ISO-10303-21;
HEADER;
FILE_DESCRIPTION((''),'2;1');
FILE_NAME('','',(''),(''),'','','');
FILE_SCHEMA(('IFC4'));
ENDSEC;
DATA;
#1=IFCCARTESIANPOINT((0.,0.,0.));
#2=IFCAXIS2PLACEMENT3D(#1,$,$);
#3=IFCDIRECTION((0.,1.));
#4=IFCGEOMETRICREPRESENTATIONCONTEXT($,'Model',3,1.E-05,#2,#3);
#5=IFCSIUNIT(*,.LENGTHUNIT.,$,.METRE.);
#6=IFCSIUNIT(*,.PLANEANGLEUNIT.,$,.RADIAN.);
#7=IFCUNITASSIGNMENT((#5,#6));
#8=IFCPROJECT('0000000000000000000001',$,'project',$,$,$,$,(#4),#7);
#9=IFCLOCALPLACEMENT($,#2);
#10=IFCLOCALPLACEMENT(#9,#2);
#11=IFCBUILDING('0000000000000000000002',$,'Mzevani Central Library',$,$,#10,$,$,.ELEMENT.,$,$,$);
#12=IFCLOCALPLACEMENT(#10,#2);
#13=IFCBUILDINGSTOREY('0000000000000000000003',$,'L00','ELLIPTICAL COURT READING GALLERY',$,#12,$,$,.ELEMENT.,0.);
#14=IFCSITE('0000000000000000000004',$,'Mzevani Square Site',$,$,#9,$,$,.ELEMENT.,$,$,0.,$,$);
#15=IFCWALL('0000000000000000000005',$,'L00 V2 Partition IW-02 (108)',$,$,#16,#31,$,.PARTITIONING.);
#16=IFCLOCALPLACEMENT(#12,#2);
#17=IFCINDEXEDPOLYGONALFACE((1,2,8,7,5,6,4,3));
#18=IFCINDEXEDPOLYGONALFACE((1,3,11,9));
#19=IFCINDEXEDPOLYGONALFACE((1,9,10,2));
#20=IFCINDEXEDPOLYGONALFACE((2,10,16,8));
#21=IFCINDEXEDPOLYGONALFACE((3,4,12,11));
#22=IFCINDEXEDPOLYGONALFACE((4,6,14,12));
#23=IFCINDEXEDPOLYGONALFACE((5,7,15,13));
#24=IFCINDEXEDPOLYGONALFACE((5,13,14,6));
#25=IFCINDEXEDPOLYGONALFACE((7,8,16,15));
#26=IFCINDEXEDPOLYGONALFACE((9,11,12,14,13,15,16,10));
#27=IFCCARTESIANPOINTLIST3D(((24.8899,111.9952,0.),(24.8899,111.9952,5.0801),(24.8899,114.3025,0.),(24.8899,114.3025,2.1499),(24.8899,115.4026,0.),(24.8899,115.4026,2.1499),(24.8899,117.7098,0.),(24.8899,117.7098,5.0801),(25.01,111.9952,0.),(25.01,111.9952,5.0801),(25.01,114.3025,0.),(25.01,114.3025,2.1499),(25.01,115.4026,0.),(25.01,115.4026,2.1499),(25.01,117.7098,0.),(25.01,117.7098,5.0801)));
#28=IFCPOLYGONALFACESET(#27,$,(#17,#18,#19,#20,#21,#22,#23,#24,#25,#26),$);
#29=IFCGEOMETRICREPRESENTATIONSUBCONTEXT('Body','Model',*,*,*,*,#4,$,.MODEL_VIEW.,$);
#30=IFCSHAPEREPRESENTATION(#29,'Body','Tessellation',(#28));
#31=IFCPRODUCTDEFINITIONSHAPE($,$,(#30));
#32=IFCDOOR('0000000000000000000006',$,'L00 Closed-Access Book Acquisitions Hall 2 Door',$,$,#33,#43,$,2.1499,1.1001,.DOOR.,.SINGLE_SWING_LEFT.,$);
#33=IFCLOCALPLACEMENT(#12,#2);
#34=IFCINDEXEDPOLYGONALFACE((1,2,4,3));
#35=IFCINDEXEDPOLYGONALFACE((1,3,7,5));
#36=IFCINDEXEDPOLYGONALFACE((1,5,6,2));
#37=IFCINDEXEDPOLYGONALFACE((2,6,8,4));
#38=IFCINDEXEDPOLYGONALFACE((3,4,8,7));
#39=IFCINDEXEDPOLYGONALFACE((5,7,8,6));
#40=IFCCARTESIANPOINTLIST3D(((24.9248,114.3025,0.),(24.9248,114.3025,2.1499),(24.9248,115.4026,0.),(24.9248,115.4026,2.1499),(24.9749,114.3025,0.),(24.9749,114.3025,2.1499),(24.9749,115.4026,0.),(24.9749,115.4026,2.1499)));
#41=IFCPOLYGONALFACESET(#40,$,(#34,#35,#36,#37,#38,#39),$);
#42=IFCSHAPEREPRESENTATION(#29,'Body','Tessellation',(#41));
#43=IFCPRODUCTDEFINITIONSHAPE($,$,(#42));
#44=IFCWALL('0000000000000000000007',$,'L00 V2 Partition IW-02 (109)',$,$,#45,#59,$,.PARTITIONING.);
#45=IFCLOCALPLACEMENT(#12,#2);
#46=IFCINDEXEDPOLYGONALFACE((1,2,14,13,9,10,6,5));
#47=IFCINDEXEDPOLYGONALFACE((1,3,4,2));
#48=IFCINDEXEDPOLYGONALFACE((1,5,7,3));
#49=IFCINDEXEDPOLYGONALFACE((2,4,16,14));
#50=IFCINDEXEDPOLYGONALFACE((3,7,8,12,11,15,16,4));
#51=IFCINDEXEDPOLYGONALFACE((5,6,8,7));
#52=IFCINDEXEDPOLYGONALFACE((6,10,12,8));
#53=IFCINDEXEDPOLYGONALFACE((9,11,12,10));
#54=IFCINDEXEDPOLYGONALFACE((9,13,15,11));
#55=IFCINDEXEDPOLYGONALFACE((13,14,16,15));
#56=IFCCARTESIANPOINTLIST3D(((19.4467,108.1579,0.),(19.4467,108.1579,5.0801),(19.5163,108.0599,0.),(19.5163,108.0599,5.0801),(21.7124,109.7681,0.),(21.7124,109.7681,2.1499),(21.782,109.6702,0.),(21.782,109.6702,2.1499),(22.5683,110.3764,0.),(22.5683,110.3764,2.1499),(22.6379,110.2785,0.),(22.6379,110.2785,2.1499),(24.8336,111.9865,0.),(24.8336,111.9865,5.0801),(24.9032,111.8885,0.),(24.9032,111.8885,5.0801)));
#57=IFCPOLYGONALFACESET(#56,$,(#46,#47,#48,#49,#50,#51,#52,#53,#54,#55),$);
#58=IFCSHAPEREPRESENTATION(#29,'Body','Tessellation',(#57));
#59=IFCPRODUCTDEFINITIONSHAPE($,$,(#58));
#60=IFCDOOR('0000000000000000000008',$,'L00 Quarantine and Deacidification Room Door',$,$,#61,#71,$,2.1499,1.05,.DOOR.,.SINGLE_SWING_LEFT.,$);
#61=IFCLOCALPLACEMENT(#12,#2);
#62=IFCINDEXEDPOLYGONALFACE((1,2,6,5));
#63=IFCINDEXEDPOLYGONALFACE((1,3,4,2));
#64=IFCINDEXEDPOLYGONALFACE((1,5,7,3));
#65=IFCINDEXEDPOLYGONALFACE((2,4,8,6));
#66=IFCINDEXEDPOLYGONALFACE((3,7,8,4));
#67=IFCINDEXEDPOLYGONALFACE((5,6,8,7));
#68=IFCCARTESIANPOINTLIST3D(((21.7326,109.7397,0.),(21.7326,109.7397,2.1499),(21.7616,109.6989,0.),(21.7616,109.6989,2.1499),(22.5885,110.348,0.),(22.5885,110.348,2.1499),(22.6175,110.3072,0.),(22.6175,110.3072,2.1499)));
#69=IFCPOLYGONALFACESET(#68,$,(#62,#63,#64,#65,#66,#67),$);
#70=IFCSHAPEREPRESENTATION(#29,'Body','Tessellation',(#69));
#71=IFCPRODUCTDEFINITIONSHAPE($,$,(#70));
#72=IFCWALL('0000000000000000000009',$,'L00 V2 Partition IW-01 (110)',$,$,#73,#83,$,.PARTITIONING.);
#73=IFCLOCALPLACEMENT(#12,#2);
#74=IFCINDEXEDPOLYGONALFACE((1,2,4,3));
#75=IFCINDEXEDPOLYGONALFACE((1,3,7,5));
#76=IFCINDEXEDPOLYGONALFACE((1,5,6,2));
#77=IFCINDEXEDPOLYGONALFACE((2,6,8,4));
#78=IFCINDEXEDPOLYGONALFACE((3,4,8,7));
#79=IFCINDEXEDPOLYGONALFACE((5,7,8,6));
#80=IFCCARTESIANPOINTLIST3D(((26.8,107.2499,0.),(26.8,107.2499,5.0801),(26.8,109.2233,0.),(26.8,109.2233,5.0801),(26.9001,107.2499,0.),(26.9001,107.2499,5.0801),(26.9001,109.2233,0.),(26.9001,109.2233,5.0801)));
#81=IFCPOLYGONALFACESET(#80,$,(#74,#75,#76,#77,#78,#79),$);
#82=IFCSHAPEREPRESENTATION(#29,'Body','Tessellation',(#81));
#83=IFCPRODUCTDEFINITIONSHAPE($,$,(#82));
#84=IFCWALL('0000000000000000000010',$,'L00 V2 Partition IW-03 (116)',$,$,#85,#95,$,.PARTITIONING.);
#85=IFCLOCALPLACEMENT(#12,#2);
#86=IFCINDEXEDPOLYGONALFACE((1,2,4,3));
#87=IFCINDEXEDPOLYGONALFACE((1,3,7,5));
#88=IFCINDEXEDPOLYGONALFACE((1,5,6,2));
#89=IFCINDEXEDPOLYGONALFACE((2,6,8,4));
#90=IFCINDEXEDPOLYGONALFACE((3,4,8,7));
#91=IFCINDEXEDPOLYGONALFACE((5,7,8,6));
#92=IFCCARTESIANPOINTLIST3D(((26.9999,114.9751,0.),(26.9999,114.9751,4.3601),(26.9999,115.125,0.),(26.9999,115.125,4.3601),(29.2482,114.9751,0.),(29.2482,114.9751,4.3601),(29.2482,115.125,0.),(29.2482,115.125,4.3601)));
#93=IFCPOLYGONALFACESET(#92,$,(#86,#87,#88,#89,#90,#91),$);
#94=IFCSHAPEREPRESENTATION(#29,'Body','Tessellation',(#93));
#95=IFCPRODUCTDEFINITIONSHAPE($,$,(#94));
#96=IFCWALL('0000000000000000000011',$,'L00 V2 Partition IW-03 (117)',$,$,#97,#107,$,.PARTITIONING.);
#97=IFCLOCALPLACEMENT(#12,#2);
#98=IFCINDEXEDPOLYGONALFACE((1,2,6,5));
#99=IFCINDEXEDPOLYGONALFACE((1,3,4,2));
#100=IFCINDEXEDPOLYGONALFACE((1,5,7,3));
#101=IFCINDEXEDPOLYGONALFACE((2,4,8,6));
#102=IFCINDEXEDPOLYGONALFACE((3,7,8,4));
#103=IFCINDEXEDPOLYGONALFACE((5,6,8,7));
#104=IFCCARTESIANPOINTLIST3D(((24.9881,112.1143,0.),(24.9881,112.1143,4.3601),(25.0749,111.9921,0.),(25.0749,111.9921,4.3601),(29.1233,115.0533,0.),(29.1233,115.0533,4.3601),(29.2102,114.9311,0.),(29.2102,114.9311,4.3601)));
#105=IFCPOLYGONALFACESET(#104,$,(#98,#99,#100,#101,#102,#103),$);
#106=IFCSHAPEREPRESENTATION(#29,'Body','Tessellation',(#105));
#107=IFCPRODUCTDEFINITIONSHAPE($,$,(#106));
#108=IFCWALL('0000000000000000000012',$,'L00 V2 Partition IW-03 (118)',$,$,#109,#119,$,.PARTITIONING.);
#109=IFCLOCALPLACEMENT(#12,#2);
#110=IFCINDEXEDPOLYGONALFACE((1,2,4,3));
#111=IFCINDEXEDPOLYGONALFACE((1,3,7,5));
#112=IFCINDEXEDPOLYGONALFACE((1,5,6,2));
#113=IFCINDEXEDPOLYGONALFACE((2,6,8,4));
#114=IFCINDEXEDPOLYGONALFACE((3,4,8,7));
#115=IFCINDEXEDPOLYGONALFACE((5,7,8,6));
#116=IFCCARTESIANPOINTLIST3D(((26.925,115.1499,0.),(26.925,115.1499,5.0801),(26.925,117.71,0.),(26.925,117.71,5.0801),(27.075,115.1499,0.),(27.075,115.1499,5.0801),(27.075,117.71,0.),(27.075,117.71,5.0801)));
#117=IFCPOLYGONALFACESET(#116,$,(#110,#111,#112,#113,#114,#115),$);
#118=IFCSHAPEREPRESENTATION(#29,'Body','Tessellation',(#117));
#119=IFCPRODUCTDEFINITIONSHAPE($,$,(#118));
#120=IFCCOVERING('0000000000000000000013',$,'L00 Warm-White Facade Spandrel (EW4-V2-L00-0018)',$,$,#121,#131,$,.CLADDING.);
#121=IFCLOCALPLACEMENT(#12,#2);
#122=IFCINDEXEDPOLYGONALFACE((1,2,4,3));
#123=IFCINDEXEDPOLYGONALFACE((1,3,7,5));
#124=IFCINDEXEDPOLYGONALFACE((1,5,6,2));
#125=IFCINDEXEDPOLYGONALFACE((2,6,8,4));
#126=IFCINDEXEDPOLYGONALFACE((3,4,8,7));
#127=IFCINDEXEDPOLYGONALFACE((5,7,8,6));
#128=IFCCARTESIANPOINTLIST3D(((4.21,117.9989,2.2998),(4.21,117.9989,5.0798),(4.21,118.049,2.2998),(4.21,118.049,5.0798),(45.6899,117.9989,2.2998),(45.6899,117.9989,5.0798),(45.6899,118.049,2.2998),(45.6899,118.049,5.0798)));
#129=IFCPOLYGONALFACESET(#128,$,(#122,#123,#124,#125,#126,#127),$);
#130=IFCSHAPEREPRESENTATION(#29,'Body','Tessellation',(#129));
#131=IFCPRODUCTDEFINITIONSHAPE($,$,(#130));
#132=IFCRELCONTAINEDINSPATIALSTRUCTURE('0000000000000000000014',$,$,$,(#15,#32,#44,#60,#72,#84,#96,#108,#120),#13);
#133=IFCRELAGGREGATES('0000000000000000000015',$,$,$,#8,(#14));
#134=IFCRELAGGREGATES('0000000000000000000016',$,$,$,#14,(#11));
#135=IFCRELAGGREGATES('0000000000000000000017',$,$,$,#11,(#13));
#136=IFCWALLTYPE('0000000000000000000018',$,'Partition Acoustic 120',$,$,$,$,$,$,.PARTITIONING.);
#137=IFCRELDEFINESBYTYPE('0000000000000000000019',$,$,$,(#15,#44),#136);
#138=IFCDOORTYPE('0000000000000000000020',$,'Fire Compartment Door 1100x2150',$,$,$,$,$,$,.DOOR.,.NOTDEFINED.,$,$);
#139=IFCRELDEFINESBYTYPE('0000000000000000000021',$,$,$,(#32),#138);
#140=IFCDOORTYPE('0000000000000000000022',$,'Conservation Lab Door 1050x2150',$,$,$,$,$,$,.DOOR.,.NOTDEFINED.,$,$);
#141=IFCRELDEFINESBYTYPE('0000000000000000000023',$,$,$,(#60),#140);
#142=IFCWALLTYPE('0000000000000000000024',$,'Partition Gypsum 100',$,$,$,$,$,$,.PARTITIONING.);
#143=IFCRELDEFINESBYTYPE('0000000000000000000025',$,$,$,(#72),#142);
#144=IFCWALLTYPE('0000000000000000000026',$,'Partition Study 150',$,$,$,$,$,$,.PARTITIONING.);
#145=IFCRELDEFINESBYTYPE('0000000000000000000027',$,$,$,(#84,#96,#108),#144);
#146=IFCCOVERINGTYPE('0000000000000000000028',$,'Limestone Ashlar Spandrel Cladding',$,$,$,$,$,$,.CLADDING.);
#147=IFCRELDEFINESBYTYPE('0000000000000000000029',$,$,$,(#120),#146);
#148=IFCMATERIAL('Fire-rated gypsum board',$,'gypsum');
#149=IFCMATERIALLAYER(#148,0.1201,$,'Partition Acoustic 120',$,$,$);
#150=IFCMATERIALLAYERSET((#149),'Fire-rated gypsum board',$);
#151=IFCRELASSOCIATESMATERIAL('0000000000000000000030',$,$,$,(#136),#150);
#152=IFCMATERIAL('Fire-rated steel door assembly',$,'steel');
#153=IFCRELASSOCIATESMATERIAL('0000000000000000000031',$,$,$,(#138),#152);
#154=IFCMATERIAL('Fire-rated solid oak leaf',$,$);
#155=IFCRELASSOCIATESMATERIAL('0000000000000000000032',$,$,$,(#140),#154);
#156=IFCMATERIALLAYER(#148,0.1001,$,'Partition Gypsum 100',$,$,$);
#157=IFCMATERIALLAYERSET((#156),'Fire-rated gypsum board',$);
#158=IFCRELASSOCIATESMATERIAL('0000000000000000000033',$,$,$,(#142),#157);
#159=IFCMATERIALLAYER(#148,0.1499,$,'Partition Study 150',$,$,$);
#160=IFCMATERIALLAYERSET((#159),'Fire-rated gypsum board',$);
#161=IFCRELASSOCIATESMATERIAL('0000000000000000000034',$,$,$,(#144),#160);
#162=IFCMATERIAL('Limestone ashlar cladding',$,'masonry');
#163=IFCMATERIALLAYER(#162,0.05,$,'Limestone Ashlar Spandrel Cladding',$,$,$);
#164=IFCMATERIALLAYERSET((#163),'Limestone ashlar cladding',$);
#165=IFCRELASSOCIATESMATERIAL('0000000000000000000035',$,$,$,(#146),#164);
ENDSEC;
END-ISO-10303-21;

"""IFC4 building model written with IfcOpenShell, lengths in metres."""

from ifc_helpers import new_model, si_unit, direction, frame, frame_2d, origin, origin_2d, place, context, subcontext, project, spatial, rectangle, extrude, material, layer, layer_set, type_object, element, fill, save


model = new_model("IFC4")

# Units and contexts
model_context = context("Model", 3, precision=1e-05, world=origin(), true_north=direction((0.0, 1.0)))
body_context = subcontext(model_context, "Body", "Model", "MODEL_VIEW")
ifc_project = project(units=[si_unit("LENGTHUNIT", "METRE"), si_unit("PLANEANGLEUNIT", "RADIAN")], contexts=[model_context])

# Site, building, storey
site_placement = place(None, origin())
site = spatial("IfcSite", under=ifc_project, at=site_placement, Name="Mzevani Square Site", CompositionType="ELEMENT", RefElevation=0.0)
building_placement = place(site_placement, origin())
building = spatial("IfcBuilding", under=site, at=building_placement, Name="Mzevani Central Library", CompositionType="ELEMENT")
storey_placement = place(building_placement, origin())
storey = spatial("IfcBuildingStorey", under=building, at=storey_placement, Name="L00", Description="ELLIPTICAL COURT READING GALLERY", CompositionType="ELEMENT", Elevation=0.0)

# Shared definitions
ifc_material_1 = material(Name="Fire-rated steel door assembly", Category="steel")

# Walls, openings, doors
ifc_material_2 = material(Name="Fire-rated gypsum board", Category="gypsum")
ifc_layer_1 = layer(ifc_material_2, 0.1201, Name="Partition Acoustic 120")
ifc_layer_set_1 = layer_set([ifc_layer_1], Name="Fire-rated gypsum board")
wall_type_1 = type_object("IfcWallType", Name="Partition Acoustic 120", PredefinedType="PARTITIONING", material=ifc_layer_set_1)
wall_1_placement = place(storey_placement, frame((24.95, 117.71, 0.0), z_axis=(0.0, 0.0, 1.0), x_axis=(0.0, -1.0, 0.0)))
wall_1 = element("IfcWall", 1, at=wall_1_placement, inside=storey, type_object=wall_type_1, Name="L00 V2 Partition IW-02 (108)", PredefinedType="PARTITIONING", context=body_context, shape_type="SweptSolid", body=[
    extrude(rectangle(XDim=5.7146, YDim=0.1201, at=frame_2d((2.8574, 0.0))), origin(), (0.0, 0.0, 1.0), 5.0801),
])
opening_1_placement = place(wall_1_placement, frame((2.3074, 0.0, 0.0)))
opening_1 = element("IfcOpeningElement", 2, at=opening_1_placement, cuts=wall_1, PredefinedType="OPENING", context=body_context, shape_type="SweptSolid", body=[
    extrude(rectangle(XDim=1.1001, YDim=2.1499, at=frame_2d((0.55, 1.075))), frame((0.0, 0.0701, 0.0), z_axis=(0.0, -1.0, 0.0), x_axis=(1.0, 0.0, 0.0)), (0.0, 0.0, 1.0), 0.1401),
])
door_type_1 = type_object("IfcDoorType", Name="Fire Compartment Door 1100x2150", OperationType="NOTDEFINED", PredefinedType="DOOR", material=ifc_material_1)
door_1_placement = place(opening_1_placement, origin())
door_1 = element("IfcDoor", 3, at=door_1_placement, inside=storey, type_object=door_type_1, Name="L00 Closed-Access Book Acquisitions Hall 2 Door", OperationType="SINGLE_SWING_LEFT", OverallHeight=2.1499, OverallWidth=1.1001, PredefinedType="DOOR", context=body_context, shape_type="SweptSolid", body=[
    extrude(rectangle(XDim=1.1001, YDim=2.1499, at=frame_2d((0.55, 1.075))), frame((0.0, 0.0249, 0.0), z_axis=(0.0, -1.0, 0.0), x_axis=(1.0, 0.0, 0.0)), (0.0, 0.0, 1.0), 0.05),
])
fill(opening_1, door_1)
wall_2_placement = place(storey_placement, frame((24.8684, 111.9375, 0.0), z_axis=(0.0, 0.0, 1.0), x_axis=(-0.815107, -0.579311, 0.0)))
wall_2 = element("IfcWall", 4, at=wall_2_placement, inside=storey, type_object=wall_type_1, Name="L00 V2 Partition IW-02 (109)", PredefinedType="PARTITIONING", context=body_context, shape_type="SweptSolid", body=[
    extrude(rectangle(XDim=6.6089, YDim=0.1201, at=frame_2d((3.3044, 0.0))), origin(), (0.0, 0.0, 1.0), 5.0801),
])
opening_2_placement = place(wall_2_placement, frame((2.7793, 0.0, 0.0)))
opening_2 = element("IfcOpeningElement", 5, at=opening_2_placement, cuts=wall_2, PredefinedType="OPENING", context=body_context, shape_type="SweptSolid", body=[
    extrude(rectangle(XDim=1.05, YDim=2.1499, at=frame_2d((0.5249, 1.075))), frame((0.0, 0.0701, 0.0), z_axis=(0.0, -1.0, 0.0), x_axis=(1.0, 0.0, 0.0)), (0.0, 0.0, 1.0), 0.1401),
])
ifc_material_3 = material(Name="Fire-rated solid oak leaf")
door_type_2 = type_object("IfcDoorType", Name="Conservation Lab Door 1050x2150", OperationType="NOTDEFINED", PredefinedType="DOOR", material=ifc_material_3)
door_2_placement = place(opening_2_placement, origin())
door_2 = element("IfcDoor", 6, at=door_2_placement, inside=storey, type_object=door_type_2, Name="L00 Quarantine and Deacidification Room Door", OperationType="SINGLE_SWING_LEFT", OverallHeight=2.1499, OverallWidth=1.05, PredefinedType="DOOR", context=body_context, shape_type="SweptSolid", body=[
    extrude(rectangle(XDim=1.05, YDim=2.1499, at=frame_2d((0.5249, 1.075))), frame((0.0, 0.0249, 0.0), z_axis=(0.0, -1.0, 0.0), x_axis=(1.0, 0.0, 0.0)), (0.0, 0.0, 1.0), 0.05),
])
fill(opening_2, door_2)

# Walls
ifc_layer_2 = layer(ifc_material_2, 0.1001, Name="Partition Gypsum 100")
ifc_layer_set_2 = layer_set([ifc_layer_2], Name="Fire-rated gypsum board")
wall_type_2 = type_object("IfcWallType", Name="Partition Gypsum 100", PredefinedType="PARTITIONING", material=ifc_layer_set_2)
wall_3_placement = place(storey_placement, frame((26.8501, 109.2234, 0.0), z_axis=(0.0, 0.0, 1.0), x_axis=(0.0, -1.0, 0.0)))
element("IfcWall", 7, at=wall_3_placement, inside=storey, type_object=wall_type_2, Name="L00 V2 Partition IW-01 (110)", PredefinedType="PARTITIONING", context=body_context, shape_type="SweptSolid", body=[
    extrude(rectangle(XDim=1.9734, YDim=0.1001, at=frame_2d((0.9868, 0.0))), origin(), (0.0, 0.0, 1.0), 5.0801),
])
ifc_layer_3 = layer(ifc_material_2, 0.1499, Name="Partition Study 150")
ifc_layer_set_3 = layer_set([ifc_layer_3], Name="Fire-rated gypsum board")
wall_type_3 = type_object("IfcWallType", Name="Partition Study 150", PredefinedType="PARTITIONING", material=ifc_layer_set_3)
wall_4_placement = place(storey_placement, frame((27.0, 115.05, 0.0), z_axis=(0.0, 0.0, 1.0), x_axis=(1.0, 0.0, 0.0)))
element("IfcWall", 8, at=wall_4_placement, inside=storey, type_object=wall_type_3, Name="L00 V2 Partition IW-03 (116)", PredefinedType="PARTITIONING", context=body_context, shape_type="SweptSolid", body=[
    extrude(rectangle(XDim=2.2483, YDim=0.1499, at=frame_2d((1.124, 0.0))), origin(), (0.0, 0.0, 1.0), 4.3601),
])
wall_5_placement = place(storey_placement, frame((29.1667, 114.9922, 0.0), z_axis=(0.0, 0.0, 1.0), x_axis=(-0.81511, -0.579306, 0.0)))
element("IfcWall", 9, at=wall_5_placement, inside=storey, type_object=wall_type_3, Name="L00 V2 Partition IW-03 (117)", PredefinedType="PARTITIONING", context=body_context, shape_type="SweptSolid", body=[
    extrude(rectangle(XDim=5.0732, YDim=0.1499, at=frame_2d((2.5366, 0.0))), origin(), (0.0, 0.0, 1.0), 4.3601),
])
wall_6_placement = place(storey_placement, frame((27.0, 117.71, 0.0), z_axis=(0.0, 0.0, 1.0), x_axis=(0.0, -1.0, 0.0)))
element("IfcWall", 10, at=wall_6_placement, inside=storey, type_object=wall_type_3, Name="L00 V2 Partition IW-03 (118)", PredefinedType="PARTITIONING", context=body_context, shape_type="SweptSolid", body=[
    extrude(rectangle(XDim=2.5601, YDim=0.1499, at=frame_2d((1.28, 0.0))), origin(), (0.0, 0.0, 1.0), 5.0801),
])

# Covering
ifc_material_4 = material(Name="Limestone ashlar cladding", Category="masonry")
ifc_layer_4 = layer(ifc_material_4, 0.05, Name="Limestone Ashlar Spandrel Cladding")
ifc_layer_set_4 = layer_set([ifc_layer_4], Name="Limestone ashlar cladding")
covering_type = type_object("IfcCoveringType", Name="Limestone Ashlar Spandrel Cladding", PredefinedType="CLADDING", material=ifc_layer_set_4)
covering_placement = place(storey_placement, frame((24.95, 118.0239, 2.2998), z_axis=(0.0, 0.0, 1.0), x_axis=(1.0, 0.0, 0.0)))
element("IfcCovering", 11, at=covering_placement, inside=storey, type_object=covering_type, Name="L00 Warm-White Facade Spandrel (EW4-V2-L00-0018)", PredefinedType="CLADDING", context=body_context, shape_type="SweptSolid", body=[
    extrude(rectangle(XDim=41.48, YDim=0.05, at=origin_2d()), origin(), (0.0, 0.0, 1.0), 2.78),
])

save(model, "model.ifc")
